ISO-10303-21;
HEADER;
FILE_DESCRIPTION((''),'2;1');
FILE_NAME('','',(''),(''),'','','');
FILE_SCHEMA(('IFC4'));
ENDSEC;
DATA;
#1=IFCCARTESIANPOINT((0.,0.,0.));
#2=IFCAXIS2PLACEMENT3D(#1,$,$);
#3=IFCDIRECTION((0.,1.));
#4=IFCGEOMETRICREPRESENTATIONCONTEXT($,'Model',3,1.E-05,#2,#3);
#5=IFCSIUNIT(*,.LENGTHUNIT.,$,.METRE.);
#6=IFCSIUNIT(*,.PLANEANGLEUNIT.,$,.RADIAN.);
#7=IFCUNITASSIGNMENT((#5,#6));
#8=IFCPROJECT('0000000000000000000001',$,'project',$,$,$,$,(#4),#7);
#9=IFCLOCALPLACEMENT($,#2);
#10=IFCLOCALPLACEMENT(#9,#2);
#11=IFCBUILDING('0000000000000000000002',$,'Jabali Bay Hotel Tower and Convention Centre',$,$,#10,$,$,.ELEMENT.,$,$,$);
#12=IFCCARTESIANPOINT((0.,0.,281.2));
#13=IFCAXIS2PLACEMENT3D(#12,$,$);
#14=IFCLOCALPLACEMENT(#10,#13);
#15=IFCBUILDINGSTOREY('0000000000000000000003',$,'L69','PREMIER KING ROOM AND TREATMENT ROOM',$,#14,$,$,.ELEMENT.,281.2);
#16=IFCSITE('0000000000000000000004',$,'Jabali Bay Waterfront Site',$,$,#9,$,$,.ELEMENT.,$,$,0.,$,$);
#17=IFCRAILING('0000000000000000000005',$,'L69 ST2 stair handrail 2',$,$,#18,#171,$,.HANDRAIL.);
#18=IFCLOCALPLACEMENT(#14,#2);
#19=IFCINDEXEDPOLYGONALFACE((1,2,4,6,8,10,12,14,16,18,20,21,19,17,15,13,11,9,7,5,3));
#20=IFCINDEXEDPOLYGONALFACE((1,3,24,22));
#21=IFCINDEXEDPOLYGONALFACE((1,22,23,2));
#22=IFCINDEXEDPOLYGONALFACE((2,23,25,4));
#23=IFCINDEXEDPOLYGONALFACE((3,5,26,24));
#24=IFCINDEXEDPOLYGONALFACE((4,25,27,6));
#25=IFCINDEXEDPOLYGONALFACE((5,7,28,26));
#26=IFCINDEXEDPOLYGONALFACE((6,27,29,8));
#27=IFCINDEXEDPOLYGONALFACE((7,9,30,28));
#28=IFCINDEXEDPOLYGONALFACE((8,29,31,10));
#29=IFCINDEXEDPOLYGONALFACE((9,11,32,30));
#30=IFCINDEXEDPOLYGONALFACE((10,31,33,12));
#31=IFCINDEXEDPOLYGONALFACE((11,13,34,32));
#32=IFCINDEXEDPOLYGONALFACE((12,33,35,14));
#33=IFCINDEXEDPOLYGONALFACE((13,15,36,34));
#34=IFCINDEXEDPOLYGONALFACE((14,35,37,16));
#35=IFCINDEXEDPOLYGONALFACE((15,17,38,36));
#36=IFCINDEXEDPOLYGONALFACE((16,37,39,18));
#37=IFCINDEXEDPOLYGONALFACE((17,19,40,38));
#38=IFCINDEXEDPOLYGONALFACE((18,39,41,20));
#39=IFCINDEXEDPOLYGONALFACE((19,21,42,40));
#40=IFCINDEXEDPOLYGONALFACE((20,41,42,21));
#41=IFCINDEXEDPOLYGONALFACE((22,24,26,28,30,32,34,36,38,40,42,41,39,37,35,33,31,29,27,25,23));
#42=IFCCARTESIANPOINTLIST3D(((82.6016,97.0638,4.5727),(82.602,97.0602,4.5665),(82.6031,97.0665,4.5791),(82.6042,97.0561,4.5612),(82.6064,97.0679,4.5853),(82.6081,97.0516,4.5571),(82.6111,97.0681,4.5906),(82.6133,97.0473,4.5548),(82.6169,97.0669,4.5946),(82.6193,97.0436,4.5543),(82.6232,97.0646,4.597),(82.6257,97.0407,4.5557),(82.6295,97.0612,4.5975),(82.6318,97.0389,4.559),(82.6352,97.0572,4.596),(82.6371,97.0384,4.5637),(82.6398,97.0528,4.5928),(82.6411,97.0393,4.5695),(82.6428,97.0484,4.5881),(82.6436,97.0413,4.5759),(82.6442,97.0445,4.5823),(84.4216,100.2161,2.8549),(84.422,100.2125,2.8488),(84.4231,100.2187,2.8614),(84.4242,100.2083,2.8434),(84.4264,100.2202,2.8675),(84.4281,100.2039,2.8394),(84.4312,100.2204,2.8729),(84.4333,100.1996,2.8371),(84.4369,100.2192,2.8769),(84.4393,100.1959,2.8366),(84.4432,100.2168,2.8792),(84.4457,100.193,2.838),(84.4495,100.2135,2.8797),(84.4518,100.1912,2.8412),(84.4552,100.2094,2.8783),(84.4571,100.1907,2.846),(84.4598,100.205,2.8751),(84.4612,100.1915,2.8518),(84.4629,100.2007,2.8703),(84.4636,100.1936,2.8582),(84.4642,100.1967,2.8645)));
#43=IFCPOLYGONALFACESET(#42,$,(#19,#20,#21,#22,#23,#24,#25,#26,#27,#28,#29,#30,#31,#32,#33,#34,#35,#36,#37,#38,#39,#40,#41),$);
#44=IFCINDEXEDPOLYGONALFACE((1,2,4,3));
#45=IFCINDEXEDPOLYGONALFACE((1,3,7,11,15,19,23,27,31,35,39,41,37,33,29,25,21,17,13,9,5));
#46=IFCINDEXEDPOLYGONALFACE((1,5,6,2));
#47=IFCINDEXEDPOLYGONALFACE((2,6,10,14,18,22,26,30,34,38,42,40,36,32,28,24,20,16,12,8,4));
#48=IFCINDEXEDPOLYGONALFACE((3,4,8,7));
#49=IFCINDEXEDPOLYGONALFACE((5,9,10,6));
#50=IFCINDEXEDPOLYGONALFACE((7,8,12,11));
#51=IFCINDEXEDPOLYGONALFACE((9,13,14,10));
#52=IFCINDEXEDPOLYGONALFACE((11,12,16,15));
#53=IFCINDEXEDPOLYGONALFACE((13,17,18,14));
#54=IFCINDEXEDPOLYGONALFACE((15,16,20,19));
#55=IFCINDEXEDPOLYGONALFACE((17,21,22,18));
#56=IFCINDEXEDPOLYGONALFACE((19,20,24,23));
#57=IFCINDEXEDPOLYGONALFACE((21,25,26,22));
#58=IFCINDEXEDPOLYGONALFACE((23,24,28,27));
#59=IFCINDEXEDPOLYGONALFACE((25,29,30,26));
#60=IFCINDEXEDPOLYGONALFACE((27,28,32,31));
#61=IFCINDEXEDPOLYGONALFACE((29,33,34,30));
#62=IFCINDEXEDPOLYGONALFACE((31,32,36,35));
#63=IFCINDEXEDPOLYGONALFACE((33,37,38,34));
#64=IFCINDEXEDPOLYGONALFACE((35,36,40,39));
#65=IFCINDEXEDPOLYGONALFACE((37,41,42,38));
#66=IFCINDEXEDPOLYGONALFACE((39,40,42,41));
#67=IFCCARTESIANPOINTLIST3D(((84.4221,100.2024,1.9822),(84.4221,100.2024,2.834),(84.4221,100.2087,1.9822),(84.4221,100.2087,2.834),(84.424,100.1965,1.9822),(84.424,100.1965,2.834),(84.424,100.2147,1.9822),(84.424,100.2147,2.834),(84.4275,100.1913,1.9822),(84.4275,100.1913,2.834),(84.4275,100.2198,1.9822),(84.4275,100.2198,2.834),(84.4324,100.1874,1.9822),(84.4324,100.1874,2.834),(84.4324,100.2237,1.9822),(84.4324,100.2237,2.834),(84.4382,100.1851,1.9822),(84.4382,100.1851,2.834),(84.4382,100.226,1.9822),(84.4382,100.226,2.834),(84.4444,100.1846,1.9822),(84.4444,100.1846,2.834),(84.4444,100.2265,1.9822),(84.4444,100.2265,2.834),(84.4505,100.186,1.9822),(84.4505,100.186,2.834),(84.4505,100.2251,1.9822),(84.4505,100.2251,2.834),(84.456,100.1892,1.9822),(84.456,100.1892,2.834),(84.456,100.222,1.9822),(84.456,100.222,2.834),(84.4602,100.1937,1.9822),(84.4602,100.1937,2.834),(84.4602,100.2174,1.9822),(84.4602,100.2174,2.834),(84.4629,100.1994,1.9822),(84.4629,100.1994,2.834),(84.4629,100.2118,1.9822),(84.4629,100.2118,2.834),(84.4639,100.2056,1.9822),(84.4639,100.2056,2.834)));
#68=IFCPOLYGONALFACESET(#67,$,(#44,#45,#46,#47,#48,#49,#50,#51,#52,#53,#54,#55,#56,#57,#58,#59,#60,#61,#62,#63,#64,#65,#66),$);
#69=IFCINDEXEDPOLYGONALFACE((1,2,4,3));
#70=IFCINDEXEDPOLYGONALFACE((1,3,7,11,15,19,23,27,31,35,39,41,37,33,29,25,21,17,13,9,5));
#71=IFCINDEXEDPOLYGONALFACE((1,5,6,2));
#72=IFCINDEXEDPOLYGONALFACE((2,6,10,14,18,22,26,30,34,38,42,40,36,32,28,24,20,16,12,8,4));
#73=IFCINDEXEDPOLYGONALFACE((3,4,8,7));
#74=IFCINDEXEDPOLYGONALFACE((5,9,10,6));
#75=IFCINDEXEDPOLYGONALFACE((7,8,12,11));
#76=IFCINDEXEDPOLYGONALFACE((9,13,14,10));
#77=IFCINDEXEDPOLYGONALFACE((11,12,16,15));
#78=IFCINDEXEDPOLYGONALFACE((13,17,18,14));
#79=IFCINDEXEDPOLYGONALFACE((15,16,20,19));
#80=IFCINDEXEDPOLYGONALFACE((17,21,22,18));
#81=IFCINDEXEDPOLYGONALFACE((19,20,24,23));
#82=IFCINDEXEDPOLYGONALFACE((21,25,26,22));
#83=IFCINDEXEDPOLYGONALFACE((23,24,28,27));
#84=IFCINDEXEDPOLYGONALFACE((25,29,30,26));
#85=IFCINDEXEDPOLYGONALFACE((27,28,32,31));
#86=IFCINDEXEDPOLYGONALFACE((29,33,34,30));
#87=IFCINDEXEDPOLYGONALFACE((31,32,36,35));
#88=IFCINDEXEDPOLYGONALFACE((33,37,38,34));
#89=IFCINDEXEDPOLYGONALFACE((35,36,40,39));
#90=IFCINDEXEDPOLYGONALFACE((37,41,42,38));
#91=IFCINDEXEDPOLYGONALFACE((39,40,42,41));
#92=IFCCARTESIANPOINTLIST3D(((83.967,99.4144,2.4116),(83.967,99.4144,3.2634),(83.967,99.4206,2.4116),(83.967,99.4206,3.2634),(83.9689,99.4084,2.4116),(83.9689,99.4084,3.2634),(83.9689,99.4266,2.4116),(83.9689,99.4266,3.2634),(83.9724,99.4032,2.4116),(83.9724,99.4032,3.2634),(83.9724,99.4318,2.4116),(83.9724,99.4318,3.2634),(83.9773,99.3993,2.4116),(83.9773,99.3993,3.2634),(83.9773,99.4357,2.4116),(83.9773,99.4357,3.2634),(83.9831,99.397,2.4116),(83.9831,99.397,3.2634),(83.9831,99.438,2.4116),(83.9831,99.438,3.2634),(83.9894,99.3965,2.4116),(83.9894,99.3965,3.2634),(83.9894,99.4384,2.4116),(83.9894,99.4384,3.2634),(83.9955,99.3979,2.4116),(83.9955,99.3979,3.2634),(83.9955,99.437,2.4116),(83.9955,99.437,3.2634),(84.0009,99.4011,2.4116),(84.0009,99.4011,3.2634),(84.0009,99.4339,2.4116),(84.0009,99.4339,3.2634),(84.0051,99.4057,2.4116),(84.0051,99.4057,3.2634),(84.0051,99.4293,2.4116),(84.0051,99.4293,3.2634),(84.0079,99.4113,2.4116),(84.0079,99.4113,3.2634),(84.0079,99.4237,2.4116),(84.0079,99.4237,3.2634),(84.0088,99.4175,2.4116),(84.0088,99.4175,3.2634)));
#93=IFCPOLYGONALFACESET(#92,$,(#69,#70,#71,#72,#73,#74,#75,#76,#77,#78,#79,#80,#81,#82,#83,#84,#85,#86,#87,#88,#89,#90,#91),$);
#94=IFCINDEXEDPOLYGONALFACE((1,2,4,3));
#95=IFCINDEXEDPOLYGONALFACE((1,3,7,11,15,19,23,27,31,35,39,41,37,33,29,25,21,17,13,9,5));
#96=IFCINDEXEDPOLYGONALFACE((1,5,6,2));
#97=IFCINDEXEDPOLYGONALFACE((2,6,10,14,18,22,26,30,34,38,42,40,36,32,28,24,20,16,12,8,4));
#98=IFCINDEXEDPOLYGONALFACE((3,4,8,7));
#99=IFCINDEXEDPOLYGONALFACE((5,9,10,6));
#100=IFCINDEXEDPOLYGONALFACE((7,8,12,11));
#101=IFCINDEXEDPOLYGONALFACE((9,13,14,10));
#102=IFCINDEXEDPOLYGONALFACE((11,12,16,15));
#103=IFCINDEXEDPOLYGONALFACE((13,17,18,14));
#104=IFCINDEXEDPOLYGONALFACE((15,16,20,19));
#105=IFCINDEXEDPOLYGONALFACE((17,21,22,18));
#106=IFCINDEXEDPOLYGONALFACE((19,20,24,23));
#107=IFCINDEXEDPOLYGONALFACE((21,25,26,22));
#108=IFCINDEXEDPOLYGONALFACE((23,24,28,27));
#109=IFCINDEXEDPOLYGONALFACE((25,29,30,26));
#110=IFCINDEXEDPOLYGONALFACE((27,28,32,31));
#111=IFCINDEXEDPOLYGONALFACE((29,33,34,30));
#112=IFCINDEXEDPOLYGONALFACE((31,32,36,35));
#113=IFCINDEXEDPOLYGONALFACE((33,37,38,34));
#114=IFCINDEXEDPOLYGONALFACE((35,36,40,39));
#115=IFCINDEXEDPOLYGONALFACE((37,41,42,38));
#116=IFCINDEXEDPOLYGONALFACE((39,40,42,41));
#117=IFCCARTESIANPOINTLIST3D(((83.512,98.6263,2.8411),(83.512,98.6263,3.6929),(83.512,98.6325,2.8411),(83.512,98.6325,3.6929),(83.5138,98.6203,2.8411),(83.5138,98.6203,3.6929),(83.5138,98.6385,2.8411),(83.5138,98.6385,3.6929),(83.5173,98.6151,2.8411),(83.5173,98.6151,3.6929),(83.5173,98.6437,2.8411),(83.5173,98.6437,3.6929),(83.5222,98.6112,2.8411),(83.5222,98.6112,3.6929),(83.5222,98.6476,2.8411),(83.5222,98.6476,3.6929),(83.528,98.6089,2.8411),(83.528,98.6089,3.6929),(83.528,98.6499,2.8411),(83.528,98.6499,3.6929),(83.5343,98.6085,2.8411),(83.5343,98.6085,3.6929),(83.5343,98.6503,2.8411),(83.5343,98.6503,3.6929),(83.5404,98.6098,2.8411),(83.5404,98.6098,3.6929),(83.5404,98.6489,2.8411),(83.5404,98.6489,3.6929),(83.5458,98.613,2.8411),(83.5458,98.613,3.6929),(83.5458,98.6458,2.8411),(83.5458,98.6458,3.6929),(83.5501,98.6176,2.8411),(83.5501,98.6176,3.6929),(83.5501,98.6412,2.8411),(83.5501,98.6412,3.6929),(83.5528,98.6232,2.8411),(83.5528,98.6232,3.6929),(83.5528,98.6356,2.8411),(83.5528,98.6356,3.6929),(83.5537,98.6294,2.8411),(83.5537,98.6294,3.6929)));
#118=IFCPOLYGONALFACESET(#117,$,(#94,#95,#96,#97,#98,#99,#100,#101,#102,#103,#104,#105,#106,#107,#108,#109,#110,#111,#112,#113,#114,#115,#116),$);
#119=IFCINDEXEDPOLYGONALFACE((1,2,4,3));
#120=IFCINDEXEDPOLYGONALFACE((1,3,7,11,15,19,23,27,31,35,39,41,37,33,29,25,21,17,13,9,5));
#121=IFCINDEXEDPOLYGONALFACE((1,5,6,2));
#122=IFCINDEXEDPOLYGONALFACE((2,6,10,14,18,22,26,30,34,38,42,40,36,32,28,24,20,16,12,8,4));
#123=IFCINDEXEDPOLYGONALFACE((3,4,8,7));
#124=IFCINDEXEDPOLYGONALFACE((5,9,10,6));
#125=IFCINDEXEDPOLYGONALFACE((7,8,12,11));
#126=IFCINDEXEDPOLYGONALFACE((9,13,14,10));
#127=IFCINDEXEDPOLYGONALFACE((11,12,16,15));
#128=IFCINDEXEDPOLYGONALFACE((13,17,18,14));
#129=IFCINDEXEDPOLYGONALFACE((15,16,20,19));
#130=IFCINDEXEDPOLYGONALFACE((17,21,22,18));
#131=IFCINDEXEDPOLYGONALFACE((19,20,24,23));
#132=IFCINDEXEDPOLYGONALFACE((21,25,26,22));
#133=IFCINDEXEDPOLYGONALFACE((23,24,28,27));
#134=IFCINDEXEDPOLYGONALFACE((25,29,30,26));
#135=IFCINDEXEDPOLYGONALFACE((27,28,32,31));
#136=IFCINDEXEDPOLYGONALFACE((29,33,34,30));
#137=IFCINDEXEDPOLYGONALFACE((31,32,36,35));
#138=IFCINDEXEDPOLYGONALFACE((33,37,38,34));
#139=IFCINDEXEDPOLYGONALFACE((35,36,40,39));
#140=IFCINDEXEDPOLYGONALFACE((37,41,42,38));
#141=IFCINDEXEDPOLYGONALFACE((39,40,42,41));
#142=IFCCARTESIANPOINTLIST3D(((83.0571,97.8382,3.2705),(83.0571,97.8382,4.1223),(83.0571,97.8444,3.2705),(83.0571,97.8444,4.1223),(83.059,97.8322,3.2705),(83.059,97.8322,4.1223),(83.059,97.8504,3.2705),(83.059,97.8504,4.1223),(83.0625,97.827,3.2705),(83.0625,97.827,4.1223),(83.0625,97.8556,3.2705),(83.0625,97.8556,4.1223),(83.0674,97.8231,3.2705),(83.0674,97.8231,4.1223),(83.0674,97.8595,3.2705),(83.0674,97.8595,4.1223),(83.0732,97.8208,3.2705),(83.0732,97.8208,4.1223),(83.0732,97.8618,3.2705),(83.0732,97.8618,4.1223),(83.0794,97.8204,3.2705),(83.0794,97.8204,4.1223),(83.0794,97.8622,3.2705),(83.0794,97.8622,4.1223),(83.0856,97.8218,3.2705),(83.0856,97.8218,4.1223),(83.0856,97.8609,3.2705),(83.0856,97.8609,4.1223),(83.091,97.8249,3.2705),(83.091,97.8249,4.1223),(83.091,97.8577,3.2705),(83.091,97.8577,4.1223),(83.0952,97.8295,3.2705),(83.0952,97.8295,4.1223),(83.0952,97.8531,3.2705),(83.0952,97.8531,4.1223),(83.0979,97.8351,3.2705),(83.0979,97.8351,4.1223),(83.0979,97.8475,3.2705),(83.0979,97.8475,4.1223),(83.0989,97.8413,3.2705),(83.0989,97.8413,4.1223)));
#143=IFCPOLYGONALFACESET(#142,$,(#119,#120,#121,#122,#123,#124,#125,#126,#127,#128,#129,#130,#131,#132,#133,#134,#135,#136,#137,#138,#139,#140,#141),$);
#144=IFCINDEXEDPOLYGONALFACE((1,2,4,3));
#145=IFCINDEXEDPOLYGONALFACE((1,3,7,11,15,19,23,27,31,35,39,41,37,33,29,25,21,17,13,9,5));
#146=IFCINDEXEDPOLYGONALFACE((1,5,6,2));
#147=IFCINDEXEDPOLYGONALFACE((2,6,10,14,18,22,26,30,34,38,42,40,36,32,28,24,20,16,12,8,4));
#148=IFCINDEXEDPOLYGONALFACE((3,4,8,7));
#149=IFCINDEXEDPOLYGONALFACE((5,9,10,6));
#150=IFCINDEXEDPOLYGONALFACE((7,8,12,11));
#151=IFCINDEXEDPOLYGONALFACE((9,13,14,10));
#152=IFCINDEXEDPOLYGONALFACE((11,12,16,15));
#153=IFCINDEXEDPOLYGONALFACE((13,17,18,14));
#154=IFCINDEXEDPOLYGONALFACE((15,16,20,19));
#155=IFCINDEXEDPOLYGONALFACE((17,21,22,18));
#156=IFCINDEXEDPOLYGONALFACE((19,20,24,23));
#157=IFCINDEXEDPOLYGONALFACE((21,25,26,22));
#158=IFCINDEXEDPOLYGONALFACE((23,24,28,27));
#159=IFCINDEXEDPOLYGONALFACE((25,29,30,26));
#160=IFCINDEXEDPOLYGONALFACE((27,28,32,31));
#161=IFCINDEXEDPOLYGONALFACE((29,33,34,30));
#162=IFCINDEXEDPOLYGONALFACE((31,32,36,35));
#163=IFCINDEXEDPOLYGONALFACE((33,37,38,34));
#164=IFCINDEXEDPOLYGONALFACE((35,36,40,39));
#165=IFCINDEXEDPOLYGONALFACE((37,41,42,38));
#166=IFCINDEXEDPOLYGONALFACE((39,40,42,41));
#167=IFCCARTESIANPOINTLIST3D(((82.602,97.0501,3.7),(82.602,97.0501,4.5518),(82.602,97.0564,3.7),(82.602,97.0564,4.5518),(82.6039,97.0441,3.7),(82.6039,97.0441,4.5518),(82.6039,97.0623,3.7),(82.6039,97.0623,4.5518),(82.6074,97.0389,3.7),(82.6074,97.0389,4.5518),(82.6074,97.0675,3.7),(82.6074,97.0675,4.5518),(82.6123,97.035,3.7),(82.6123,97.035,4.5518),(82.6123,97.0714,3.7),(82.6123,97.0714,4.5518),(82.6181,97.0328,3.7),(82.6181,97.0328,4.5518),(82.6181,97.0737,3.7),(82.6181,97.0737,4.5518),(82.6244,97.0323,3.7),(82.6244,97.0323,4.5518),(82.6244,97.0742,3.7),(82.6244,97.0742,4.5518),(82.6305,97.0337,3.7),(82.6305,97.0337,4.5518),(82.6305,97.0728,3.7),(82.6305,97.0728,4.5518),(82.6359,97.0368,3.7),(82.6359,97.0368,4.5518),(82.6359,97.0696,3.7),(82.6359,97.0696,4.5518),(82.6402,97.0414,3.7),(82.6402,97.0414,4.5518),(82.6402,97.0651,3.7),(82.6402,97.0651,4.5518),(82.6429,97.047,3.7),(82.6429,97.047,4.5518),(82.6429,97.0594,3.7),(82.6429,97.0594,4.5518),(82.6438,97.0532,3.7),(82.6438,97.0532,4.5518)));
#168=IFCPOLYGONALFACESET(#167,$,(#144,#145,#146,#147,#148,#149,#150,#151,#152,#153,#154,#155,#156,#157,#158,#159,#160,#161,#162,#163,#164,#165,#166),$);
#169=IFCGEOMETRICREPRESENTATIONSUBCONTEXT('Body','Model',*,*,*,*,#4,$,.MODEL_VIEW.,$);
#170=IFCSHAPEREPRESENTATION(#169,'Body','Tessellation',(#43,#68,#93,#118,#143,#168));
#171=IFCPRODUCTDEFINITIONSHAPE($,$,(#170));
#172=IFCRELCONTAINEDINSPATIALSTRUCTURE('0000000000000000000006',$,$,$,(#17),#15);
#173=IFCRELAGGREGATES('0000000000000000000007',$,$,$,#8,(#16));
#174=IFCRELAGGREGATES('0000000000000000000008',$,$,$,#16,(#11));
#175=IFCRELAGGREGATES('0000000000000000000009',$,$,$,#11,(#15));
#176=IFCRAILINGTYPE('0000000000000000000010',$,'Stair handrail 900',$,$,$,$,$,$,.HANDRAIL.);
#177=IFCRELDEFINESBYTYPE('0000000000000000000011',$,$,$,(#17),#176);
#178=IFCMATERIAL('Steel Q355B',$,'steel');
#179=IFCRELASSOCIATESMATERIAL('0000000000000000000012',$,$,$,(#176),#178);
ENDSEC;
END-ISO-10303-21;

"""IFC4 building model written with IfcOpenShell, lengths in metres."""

from ifc_helpers import new_model, si_unit, direction, frame, origin, origin_2d, place, context, subcontext, project, spatial, circle, extrude, material, type_object, element, save


model = new_model("IFC4")

# Units and contexts
model_context = context("Model", 3, precision=1e-05, world=origin(), true_north=direction((0.0, 1.0)))
body_context = subcontext(model_context, "Body", "Model", "MODEL_VIEW")
ifc_project = project(units=[si_unit("LENGTHUNIT", "METRE"), si_unit("PLANEANGLEUNIT", "RADIAN")], contexts=[model_context])

# Site, building, storey
site_placement = place(None, origin())
site = spatial("IfcSite", under=ifc_project, at=site_placement, Name="Jabali Bay Waterfront Site", CompositionType="ELEMENT", RefElevation=0.0)
building_placement = place(site_placement, origin())
building = spatial("IfcBuilding", under=site, at=building_placement, Name="Jabali Bay Hotel Tower and Convention Centre", CompositionType="ELEMENT")
storey_placement = place(building_placement, frame((0.0, 0.0, 281.2)))
storey = spatial("IfcBuildingStorey", under=building, at=storey_placement, Name="L69", Description="PREMIER KING ROOM AND TREATMENT ROOM", CompositionType="ELEMENT", Elevation=281.2)

# Railing
ifc_material_1 = material(Name="Steel Q355B", Category="steel")
railing_type = type_object("IfcRailingType", Name="Stair handrail 900", PredefinedType="HANDRAIL", material=ifc_material_1)
railing_placement = place(storey_placement, frame((84.4429, 100.2056, 1.9822)))
element("IfcRailing", 1, at=railing_placement, inside=storey, type_object=railing_type, Name="L69 ST2 stair handrail 2", PredefinedType="HANDRAIL", context=body_context, shape_type="SweptSolid", body=[
    extrude(circle(Radius=0.0239, at=origin_2d()), frame((0.0, 0.0, 0.876), z_axis=(-0.45219, -0.78319, 0.426775), x_axis=(0.866018, -0.500013, 0.0)), (0.0, 0.0, 1.0), 4.0249),
    extrude(circle(Radius=0.021, at=origin_2d()), origin(), (0.0, 0.0, 1.0), 0.8518),
    extrude(circle(Radius=0.021, at=origin_2d()), frame((-0.4551, -0.7881, 0.4294)), (0.0, 0.0, 1.0), 0.8518),
    extrude(circle(Radius=0.021, at=origin_2d()), frame((-0.9102, -1.5762, 0.8589)), (0.0, 0.0, 1.0), 0.8518),
    extrude(circle(Radius=0.021, at=origin_2d()), frame((-1.365, -2.3643, 1.2883)), (0.0, 0.0, 1.0), 0.8518),
    extrude(circle(Radius=0.021, at=origin_2d()), frame((-1.8201, -3.1523, 1.7178)), (0.0, 0.0, 1.0), 0.8518),
])

save(model, "model.ifc")
